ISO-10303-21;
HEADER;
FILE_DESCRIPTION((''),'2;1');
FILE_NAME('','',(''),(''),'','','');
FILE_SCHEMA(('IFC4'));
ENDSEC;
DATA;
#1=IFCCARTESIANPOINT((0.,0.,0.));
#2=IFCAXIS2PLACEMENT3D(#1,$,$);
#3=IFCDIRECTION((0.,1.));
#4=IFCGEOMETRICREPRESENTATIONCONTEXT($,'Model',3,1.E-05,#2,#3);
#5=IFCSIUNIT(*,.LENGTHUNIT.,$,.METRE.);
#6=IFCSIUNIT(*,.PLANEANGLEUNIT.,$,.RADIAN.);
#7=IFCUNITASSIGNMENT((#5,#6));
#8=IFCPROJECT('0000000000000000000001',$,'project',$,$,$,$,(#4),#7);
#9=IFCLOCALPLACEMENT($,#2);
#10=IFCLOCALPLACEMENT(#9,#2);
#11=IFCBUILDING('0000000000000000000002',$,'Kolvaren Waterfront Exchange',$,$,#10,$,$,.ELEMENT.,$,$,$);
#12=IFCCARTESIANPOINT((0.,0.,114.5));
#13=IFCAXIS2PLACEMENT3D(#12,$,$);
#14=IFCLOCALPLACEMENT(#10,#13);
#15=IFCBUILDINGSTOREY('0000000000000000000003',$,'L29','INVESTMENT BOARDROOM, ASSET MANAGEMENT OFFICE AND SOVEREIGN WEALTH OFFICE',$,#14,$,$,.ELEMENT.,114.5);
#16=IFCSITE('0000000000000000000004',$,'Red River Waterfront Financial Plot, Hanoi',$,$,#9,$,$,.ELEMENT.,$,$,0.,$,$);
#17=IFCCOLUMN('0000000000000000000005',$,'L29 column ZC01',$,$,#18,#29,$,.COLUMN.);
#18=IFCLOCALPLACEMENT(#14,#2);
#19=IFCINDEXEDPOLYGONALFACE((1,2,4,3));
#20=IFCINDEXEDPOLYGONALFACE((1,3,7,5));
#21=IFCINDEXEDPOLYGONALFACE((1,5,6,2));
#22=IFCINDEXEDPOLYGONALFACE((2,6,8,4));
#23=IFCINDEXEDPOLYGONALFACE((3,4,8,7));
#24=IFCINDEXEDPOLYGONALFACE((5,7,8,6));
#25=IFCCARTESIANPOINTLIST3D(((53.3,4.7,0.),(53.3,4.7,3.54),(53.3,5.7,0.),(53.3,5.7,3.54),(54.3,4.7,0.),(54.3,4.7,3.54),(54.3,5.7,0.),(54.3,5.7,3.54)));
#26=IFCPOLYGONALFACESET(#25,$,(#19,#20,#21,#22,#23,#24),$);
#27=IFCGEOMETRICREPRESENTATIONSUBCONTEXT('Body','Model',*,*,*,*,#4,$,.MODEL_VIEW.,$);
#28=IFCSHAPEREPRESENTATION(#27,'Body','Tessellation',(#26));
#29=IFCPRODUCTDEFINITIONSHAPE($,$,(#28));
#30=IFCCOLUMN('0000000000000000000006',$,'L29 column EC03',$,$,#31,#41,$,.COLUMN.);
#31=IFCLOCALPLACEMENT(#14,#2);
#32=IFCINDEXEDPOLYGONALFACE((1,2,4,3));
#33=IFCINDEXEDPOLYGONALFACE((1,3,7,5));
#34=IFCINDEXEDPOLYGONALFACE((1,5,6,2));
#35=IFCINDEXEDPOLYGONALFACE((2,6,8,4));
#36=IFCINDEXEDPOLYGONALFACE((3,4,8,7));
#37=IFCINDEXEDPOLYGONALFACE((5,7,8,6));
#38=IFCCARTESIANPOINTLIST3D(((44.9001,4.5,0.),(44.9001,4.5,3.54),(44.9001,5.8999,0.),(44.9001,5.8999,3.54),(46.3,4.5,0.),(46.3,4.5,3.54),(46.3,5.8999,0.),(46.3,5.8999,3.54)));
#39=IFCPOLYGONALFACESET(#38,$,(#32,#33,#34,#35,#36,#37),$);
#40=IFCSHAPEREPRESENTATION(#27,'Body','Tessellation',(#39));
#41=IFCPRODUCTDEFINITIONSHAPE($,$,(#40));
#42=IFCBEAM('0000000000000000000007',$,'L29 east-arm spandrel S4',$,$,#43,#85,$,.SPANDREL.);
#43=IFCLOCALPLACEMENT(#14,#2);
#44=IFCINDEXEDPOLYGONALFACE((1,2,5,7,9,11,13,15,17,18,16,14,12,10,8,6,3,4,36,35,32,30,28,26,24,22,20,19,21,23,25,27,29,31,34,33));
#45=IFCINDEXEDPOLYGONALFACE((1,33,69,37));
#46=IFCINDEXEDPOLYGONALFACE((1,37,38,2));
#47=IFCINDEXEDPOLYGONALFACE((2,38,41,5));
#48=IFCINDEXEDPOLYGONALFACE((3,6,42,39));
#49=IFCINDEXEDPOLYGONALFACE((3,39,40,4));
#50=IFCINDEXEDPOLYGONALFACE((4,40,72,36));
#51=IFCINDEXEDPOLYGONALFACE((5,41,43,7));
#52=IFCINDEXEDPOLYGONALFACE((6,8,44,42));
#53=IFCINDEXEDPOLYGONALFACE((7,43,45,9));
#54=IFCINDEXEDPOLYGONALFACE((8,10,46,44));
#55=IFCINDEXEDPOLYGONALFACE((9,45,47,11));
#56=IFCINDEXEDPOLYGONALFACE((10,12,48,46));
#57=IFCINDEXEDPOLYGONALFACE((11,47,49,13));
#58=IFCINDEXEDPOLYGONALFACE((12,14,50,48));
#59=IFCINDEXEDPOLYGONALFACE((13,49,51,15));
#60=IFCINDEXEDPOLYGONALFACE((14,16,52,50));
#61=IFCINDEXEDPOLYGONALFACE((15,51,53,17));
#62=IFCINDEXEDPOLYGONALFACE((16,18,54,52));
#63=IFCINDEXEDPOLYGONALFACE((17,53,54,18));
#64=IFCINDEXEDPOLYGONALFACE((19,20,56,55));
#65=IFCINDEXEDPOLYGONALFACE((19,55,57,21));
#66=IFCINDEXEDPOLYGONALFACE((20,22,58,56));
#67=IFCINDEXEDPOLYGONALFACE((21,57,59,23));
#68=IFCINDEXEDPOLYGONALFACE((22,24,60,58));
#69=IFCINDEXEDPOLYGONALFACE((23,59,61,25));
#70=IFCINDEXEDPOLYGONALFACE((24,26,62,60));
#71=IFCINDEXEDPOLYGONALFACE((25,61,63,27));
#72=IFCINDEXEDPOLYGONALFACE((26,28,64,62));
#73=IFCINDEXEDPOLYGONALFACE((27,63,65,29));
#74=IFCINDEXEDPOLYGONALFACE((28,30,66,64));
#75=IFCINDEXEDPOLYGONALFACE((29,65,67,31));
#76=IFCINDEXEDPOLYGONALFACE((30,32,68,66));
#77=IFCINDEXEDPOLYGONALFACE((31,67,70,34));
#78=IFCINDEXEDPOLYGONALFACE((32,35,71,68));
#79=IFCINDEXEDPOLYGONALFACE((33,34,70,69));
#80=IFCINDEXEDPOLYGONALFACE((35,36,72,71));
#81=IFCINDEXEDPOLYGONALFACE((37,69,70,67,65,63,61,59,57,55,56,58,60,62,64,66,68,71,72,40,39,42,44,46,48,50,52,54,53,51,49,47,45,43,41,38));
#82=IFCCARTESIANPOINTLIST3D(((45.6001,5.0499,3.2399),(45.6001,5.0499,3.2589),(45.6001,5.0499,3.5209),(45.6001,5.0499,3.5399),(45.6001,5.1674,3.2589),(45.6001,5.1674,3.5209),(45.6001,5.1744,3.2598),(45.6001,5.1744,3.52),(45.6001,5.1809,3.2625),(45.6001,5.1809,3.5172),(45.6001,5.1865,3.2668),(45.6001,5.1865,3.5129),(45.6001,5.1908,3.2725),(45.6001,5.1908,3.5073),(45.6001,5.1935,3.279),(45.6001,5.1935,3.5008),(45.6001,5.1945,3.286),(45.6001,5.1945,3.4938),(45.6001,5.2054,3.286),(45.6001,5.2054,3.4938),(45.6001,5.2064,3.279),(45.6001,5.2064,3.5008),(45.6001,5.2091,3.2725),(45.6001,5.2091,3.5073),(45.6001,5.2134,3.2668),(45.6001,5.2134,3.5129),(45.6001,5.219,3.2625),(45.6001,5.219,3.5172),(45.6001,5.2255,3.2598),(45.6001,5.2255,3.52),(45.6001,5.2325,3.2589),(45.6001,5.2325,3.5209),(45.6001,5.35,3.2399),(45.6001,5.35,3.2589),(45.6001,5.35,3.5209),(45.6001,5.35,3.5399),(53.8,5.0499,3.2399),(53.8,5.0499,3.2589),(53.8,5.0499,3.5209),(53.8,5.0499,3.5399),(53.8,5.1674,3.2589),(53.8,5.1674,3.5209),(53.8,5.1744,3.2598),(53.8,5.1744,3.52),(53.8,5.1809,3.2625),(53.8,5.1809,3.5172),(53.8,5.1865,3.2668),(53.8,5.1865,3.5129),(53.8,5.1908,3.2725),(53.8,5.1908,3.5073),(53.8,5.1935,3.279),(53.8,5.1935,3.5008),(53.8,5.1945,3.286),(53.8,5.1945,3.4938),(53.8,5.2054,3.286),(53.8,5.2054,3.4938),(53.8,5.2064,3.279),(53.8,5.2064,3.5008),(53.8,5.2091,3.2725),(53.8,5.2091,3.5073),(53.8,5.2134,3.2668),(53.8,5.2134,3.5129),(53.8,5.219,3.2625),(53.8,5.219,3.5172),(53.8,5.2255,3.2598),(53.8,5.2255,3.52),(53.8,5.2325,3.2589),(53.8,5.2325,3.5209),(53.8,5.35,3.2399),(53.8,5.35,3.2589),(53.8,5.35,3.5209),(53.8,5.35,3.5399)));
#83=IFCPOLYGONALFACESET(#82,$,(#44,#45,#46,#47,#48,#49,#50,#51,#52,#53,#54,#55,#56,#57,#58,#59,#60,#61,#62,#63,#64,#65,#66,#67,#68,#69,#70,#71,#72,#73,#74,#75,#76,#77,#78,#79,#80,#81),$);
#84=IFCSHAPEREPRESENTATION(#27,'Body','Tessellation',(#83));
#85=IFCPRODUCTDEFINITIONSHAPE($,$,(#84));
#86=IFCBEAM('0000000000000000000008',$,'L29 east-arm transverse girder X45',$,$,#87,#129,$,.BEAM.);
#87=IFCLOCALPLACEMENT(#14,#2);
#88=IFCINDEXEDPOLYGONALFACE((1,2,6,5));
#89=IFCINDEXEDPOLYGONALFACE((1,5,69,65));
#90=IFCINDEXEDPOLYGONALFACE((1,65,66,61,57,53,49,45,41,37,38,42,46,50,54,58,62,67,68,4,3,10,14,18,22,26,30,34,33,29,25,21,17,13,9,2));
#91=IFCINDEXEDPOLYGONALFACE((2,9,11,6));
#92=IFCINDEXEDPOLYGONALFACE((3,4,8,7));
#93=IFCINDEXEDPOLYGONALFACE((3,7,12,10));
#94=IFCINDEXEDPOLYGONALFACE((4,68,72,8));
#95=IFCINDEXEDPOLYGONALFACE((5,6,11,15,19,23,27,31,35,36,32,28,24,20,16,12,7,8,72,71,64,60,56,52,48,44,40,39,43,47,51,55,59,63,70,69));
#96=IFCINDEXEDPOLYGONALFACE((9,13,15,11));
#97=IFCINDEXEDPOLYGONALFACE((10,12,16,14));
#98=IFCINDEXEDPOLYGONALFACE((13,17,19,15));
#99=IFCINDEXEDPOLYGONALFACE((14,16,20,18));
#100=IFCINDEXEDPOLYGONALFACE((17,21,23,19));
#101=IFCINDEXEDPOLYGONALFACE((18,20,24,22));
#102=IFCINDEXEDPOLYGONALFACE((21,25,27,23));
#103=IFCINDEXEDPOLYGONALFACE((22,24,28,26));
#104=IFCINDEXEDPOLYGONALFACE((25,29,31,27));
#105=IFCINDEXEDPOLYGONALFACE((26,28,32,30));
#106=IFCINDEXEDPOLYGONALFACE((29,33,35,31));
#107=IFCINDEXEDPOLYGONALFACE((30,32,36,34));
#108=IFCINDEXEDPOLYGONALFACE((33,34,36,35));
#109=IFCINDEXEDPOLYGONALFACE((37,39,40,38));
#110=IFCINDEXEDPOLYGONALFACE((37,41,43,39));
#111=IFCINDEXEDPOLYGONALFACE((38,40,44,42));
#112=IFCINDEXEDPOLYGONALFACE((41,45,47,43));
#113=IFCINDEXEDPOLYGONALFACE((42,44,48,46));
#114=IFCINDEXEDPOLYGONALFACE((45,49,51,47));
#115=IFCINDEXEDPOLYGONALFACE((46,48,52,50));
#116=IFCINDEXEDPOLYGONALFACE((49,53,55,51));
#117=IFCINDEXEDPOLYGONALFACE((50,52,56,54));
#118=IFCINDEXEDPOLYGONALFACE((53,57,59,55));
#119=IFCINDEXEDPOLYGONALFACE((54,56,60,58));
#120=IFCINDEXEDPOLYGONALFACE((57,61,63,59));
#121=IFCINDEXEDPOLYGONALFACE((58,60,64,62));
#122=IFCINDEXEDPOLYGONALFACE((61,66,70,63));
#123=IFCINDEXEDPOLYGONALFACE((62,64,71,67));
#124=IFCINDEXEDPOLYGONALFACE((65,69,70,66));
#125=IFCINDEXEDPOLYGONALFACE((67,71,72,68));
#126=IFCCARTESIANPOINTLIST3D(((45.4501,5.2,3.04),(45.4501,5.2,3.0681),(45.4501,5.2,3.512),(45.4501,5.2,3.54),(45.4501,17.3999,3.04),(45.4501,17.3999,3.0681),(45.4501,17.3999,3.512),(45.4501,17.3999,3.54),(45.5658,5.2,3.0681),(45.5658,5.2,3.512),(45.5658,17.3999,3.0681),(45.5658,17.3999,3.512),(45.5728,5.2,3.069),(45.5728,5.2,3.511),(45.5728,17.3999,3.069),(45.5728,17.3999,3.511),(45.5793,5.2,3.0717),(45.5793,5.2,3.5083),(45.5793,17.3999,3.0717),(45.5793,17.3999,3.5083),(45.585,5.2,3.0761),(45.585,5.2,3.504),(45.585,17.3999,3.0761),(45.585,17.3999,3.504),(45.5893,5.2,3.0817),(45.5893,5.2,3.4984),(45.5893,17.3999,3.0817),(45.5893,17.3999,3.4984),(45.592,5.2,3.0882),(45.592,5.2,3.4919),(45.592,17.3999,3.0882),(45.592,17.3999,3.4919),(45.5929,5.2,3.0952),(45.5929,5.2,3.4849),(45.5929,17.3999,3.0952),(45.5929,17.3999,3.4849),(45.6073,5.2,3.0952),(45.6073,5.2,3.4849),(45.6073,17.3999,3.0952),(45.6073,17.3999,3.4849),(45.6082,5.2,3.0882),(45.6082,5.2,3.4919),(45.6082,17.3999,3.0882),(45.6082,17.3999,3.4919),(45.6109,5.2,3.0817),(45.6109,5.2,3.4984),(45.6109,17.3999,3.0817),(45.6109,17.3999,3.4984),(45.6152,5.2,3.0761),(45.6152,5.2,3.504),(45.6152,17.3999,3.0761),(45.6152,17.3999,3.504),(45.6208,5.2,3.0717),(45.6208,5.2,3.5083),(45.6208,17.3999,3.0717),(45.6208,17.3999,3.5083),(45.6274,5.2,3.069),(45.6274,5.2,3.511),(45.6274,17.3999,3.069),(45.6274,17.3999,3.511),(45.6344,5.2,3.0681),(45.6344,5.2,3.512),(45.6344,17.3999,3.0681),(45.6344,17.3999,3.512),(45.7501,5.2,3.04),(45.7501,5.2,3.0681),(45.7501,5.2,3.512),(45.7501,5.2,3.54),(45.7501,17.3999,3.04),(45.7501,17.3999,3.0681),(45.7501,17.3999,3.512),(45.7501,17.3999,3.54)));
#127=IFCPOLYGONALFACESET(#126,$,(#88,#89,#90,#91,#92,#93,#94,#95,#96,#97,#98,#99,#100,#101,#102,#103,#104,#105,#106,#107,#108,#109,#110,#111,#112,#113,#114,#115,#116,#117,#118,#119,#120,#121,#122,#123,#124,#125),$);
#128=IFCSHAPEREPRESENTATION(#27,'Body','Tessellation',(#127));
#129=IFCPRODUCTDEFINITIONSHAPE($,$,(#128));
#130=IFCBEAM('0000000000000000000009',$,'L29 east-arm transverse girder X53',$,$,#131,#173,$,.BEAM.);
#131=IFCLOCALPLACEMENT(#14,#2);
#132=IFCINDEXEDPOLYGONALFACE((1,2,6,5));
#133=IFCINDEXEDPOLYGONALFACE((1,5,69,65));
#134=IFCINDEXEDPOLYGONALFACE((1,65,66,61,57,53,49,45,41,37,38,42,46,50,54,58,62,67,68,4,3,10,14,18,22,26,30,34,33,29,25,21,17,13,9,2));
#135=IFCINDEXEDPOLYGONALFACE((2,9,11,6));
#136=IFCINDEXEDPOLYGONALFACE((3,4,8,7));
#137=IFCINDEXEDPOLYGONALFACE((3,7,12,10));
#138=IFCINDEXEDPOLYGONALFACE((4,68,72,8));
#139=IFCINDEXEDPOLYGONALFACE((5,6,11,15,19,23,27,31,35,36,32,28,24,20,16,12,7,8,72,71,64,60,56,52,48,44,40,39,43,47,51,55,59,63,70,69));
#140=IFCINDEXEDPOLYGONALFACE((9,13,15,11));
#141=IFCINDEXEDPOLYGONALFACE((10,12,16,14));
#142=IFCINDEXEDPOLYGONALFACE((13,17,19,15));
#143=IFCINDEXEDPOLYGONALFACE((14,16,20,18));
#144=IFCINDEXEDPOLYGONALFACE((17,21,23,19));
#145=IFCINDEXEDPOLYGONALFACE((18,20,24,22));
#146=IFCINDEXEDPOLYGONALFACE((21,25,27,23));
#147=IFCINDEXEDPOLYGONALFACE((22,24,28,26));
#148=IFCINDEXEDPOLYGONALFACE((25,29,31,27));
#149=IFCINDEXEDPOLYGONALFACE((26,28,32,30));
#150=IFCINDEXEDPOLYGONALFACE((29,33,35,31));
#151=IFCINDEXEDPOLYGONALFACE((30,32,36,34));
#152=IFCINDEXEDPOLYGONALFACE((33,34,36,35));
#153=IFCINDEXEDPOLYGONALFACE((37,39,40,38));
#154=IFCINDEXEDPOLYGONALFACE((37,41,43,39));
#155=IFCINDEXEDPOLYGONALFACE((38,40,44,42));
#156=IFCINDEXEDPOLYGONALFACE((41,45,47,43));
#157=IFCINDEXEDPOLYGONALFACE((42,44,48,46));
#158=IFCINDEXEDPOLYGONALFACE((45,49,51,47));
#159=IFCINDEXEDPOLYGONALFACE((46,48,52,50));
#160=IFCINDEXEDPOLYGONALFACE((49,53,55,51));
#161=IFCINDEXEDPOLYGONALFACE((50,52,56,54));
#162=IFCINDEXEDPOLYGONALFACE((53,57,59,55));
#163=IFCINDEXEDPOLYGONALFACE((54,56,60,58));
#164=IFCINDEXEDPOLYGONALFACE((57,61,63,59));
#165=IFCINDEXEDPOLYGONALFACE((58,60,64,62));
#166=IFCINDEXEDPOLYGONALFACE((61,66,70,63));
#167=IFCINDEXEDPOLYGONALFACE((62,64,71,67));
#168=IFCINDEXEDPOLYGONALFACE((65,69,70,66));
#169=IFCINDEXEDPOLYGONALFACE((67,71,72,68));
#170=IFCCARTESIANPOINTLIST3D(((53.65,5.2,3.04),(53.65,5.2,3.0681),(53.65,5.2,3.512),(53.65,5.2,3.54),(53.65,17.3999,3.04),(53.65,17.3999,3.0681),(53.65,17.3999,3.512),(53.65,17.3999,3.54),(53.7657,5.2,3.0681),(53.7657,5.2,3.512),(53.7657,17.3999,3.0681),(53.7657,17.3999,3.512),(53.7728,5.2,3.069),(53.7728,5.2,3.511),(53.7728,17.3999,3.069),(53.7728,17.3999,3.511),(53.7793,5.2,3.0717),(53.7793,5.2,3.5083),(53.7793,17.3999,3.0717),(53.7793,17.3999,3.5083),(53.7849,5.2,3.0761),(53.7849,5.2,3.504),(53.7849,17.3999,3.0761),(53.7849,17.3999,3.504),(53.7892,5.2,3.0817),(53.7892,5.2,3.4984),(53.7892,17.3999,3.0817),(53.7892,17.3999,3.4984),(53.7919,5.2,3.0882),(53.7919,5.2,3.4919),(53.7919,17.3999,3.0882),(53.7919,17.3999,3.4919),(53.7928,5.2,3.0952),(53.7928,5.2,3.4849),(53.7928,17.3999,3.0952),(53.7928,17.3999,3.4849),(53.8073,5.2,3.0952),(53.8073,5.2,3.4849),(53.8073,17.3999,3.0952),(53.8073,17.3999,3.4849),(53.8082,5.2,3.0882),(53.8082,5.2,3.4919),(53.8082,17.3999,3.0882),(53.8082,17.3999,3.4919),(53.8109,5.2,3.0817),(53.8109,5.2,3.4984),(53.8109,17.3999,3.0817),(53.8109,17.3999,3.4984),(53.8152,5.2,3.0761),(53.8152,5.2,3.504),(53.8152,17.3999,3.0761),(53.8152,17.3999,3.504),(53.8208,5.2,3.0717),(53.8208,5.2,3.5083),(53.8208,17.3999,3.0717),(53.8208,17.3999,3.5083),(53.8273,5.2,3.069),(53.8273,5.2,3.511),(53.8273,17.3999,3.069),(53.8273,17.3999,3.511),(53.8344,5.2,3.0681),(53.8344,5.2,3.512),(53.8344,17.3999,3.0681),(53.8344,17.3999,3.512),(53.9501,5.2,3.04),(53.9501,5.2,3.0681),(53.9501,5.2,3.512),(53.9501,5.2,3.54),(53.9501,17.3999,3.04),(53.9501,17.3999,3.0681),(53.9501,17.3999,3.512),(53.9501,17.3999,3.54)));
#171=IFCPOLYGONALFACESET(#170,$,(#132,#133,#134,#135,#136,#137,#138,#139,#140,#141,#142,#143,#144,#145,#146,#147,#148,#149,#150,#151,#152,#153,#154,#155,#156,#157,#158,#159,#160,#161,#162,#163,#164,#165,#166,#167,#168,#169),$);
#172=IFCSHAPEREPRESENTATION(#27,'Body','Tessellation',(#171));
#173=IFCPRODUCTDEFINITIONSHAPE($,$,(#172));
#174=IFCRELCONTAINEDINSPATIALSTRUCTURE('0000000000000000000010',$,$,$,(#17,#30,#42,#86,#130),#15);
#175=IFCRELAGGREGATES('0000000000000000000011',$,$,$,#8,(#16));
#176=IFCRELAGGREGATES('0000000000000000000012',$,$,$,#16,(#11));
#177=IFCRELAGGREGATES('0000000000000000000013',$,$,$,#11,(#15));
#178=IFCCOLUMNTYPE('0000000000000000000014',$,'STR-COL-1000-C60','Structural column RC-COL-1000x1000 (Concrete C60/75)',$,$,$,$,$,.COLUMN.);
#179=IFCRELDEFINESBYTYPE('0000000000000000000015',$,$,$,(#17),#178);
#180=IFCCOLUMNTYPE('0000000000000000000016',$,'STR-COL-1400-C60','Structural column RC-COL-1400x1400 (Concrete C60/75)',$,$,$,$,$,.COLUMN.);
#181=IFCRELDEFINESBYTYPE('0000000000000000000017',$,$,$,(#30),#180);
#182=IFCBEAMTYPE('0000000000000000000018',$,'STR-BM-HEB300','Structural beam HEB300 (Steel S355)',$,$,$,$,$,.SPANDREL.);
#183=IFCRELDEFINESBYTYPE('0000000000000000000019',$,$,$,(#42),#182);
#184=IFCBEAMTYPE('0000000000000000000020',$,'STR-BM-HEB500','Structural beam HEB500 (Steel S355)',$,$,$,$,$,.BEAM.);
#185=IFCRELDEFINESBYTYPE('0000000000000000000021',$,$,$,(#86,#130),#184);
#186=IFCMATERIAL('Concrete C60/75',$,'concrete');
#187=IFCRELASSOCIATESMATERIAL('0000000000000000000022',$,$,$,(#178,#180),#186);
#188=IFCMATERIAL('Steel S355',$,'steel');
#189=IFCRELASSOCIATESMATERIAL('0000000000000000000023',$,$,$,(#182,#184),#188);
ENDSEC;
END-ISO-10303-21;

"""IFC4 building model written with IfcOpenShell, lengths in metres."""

from ifc_helpers import new_model, si_unit, direction, frame, origin, origin_2d, place, context, subcontext, project, spatial, rectangle, i_section, extrude, material, material_profile, profile_set, type_object, element, save


model = new_model("IFC4")

# Units and contexts
model_context = context("Model", 3, precision=1e-05, world=origin(), true_north=direction((0.0, 1.0)))
body_context = subcontext(model_context, "Body", "Model", "MODEL_VIEW")
ifc_project = project(units=[si_unit("LENGTHUNIT", "METRE"), si_unit("PLANEANGLEUNIT", "RADIAN")], contexts=[model_context])

# Site, building, storey
site_placement = place(None, origin())
site = spatial("IfcSite", under=ifc_project, at=site_placement, Name="Red River Waterfront Financial Plot, Hanoi", CompositionType="ELEMENT", RefElevation=0.0)
building_placement = place(site_placement, origin())
building = spatial("IfcBuilding", under=site, at=building_placement, Name="Kolvaren Waterfront Exchange", CompositionType="ELEMENT")
storey_placement = place(building_placement, frame((0.0, 0.0, 114.5)))
storey = spatial("IfcBuildingStorey", under=building, at=storey_placement, Name="L29", Description="INVESTMENT BOARDROOM, ASSET MANAGEMENT OFFICE AND SOVEREIGN WEALTH OFFICE", CompositionType="ELEMENT", Elevation=114.5)

# Columns
ifc_material_1 = material(Name="Concrete C60/75", Category="concrete")
ifc_material_profile_1 = material_profile(ifc_material_1, rectangle(XDim=1.0, YDim=1.0, at=origin_2d()), Name="RC-COL-1000x1000")
ifc_profile_set_1 = profile_set([ifc_material_profile_1], Name="Concrete C60/75")
column_type_1 = type_object("IfcColumnType", Name="STR-COL-1000-C60", Description="Structural column RC-COL-1000x1000 (Concrete C60/75)", PredefinedType="COLUMN", material=ifc_profile_set_1)
column_1_placement = place(storey_placement, frame((53.8, 5.2, 0.0), z_axis=(0.0, 0.0, 1.0), x_axis=(1.0, 0.0, 0.0)))
element("IfcColumn", 1, at=column_1_placement, inside=storey, type_object=column_type_1, Name="L29 column ZC01", PredefinedType="COLUMN", context=body_context, shape_type="SweptSolid", body=[
    extrude(rectangle(XDim=1.0, YDim=1.0, at=origin_2d()), origin(), (0.0, 0.0, 1.0), 3.54),
])
ifc_material_profile_2 = material_profile(ifc_material_1, rectangle(XDim=1.3999, YDim=1.3999, at=origin_2d()), Name="RC-COL-1400x1400")
ifc_profile_set_2 = profile_set([ifc_material_profile_2], Name="Concrete C60/75")
column_type_2 = type_object("IfcColumnType", Name="STR-COL-1400-C60", Description="Structural column RC-COL-1400x1400 (Concrete C60/75)", PredefinedType="COLUMN", material=ifc_profile_set_2)
column_2_placement = place(storey_placement, frame((45.6001, 5.2, 0.0), z_axis=(0.0, 0.0, 1.0), x_axis=(1.0, 0.0, 0.0)))
element("IfcColumn", 2, at=column_2_placement, inside=storey, type_object=column_type_2, Name="L29 column EC03", PredefinedType="COLUMN", context=body_context, shape_type="SweptSolid", body=[
    extrude(rectangle(XDim=1.3999, YDim=1.3999, at=origin_2d()), origin(), (0.0, 0.0, 1.0), 3.54),
])

# Beams
ifc_material_2 = material(Name="Steel S355", Category="steel")
ifc_material_profile_3 = material_profile(ifc_material_2, i_section(OverallWidth=0.3, OverallDepth=0.3, WebThickness=0.011, FlangeThickness=0.019, FilletRadius=0.0271, at=origin_2d()), Name="HEB300")
ifc_profile_set_3 = profile_set([ifc_material_profile_3], Name="Steel S355")
beam_type_1 = type_object("IfcBeamType", Name="STR-BM-HEB300", Description="Structural beam HEB300 (Steel S355)", PredefinedType="SPANDREL", material=ifc_profile_set_3)
beam_1_placement = place(storey_placement, frame((45.6001, 5.2, 3.3899), z_axis=(1.0, 0.0, 0.0), x_axis=(0.0, 1.0, 0.0)))
element("IfcBeam", 3, at=beam_1_placement, inside=storey, type_object=beam_type_1, Name="L29 east-arm spandrel S4", PredefinedType="SPANDREL", context=body_context, shape_type="SweptSolid", body=[
    extrude(i_section(OverallWidth=0.3, OverallDepth=0.3, WebThickness=0.011, FlangeThickness=0.019, FilletRadius=0.0271, at=origin_2d()), origin(), (0.0, 0.0, 1.0), 8.2),
])
ifc_material_profile_4 = material_profile(ifc_material_2, i_section(OverallWidth=0.3, OverallDepth=0.5, WebThickness=0.0144, FlangeThickness=0.0281, FilletRadius=0.0271, at=origin_2d()), Name="HEB500")
ifc_profile_set_4 = profile_set([ifc_material_profile_4], Name="Steel S355")
beam_type_2 = type_object("IfcBeamType", Name="STR-BM-HEB500", Description="Structural beam HEB500 (Steel S355)", PredefinedType="BEAM", material=ifc_profile_set_4)
for number, where, z_axis, x_axis, name in (
    (4, (45.6001, 5.2, 3.29), (0.0, 1.0, 0.0), (-1.0, 0.0, 0.0), "L29 east-arm transverse girder X45"),
    (5, (53.8, 5.2, 3.29), (0.0, 1.0, 0.0), (-1.0, 0.0, 0.0), "L29 east-arm transverse girder X53"),
):
    element("IfcBeam", number, at=place(storey_placement, frame(where, z_axis=z_axis, x_axis=x_axis)), inside=storey, type_object=beam_type_2, Name=name, PredefinedType="BEAM", context=body_context, shape_type="SweptSolid", body=[
        extrude(i_section(OverallWidth=0.3, OverallDepth=0.5, WebThickness=0.0144, FlangeThickness=0.0281, FilletRadius=0.0271, at=origin_2d()), origin(), (0.0, 0.0, 1.0), 12.2),
    ])

save(model, "model.ifc")
